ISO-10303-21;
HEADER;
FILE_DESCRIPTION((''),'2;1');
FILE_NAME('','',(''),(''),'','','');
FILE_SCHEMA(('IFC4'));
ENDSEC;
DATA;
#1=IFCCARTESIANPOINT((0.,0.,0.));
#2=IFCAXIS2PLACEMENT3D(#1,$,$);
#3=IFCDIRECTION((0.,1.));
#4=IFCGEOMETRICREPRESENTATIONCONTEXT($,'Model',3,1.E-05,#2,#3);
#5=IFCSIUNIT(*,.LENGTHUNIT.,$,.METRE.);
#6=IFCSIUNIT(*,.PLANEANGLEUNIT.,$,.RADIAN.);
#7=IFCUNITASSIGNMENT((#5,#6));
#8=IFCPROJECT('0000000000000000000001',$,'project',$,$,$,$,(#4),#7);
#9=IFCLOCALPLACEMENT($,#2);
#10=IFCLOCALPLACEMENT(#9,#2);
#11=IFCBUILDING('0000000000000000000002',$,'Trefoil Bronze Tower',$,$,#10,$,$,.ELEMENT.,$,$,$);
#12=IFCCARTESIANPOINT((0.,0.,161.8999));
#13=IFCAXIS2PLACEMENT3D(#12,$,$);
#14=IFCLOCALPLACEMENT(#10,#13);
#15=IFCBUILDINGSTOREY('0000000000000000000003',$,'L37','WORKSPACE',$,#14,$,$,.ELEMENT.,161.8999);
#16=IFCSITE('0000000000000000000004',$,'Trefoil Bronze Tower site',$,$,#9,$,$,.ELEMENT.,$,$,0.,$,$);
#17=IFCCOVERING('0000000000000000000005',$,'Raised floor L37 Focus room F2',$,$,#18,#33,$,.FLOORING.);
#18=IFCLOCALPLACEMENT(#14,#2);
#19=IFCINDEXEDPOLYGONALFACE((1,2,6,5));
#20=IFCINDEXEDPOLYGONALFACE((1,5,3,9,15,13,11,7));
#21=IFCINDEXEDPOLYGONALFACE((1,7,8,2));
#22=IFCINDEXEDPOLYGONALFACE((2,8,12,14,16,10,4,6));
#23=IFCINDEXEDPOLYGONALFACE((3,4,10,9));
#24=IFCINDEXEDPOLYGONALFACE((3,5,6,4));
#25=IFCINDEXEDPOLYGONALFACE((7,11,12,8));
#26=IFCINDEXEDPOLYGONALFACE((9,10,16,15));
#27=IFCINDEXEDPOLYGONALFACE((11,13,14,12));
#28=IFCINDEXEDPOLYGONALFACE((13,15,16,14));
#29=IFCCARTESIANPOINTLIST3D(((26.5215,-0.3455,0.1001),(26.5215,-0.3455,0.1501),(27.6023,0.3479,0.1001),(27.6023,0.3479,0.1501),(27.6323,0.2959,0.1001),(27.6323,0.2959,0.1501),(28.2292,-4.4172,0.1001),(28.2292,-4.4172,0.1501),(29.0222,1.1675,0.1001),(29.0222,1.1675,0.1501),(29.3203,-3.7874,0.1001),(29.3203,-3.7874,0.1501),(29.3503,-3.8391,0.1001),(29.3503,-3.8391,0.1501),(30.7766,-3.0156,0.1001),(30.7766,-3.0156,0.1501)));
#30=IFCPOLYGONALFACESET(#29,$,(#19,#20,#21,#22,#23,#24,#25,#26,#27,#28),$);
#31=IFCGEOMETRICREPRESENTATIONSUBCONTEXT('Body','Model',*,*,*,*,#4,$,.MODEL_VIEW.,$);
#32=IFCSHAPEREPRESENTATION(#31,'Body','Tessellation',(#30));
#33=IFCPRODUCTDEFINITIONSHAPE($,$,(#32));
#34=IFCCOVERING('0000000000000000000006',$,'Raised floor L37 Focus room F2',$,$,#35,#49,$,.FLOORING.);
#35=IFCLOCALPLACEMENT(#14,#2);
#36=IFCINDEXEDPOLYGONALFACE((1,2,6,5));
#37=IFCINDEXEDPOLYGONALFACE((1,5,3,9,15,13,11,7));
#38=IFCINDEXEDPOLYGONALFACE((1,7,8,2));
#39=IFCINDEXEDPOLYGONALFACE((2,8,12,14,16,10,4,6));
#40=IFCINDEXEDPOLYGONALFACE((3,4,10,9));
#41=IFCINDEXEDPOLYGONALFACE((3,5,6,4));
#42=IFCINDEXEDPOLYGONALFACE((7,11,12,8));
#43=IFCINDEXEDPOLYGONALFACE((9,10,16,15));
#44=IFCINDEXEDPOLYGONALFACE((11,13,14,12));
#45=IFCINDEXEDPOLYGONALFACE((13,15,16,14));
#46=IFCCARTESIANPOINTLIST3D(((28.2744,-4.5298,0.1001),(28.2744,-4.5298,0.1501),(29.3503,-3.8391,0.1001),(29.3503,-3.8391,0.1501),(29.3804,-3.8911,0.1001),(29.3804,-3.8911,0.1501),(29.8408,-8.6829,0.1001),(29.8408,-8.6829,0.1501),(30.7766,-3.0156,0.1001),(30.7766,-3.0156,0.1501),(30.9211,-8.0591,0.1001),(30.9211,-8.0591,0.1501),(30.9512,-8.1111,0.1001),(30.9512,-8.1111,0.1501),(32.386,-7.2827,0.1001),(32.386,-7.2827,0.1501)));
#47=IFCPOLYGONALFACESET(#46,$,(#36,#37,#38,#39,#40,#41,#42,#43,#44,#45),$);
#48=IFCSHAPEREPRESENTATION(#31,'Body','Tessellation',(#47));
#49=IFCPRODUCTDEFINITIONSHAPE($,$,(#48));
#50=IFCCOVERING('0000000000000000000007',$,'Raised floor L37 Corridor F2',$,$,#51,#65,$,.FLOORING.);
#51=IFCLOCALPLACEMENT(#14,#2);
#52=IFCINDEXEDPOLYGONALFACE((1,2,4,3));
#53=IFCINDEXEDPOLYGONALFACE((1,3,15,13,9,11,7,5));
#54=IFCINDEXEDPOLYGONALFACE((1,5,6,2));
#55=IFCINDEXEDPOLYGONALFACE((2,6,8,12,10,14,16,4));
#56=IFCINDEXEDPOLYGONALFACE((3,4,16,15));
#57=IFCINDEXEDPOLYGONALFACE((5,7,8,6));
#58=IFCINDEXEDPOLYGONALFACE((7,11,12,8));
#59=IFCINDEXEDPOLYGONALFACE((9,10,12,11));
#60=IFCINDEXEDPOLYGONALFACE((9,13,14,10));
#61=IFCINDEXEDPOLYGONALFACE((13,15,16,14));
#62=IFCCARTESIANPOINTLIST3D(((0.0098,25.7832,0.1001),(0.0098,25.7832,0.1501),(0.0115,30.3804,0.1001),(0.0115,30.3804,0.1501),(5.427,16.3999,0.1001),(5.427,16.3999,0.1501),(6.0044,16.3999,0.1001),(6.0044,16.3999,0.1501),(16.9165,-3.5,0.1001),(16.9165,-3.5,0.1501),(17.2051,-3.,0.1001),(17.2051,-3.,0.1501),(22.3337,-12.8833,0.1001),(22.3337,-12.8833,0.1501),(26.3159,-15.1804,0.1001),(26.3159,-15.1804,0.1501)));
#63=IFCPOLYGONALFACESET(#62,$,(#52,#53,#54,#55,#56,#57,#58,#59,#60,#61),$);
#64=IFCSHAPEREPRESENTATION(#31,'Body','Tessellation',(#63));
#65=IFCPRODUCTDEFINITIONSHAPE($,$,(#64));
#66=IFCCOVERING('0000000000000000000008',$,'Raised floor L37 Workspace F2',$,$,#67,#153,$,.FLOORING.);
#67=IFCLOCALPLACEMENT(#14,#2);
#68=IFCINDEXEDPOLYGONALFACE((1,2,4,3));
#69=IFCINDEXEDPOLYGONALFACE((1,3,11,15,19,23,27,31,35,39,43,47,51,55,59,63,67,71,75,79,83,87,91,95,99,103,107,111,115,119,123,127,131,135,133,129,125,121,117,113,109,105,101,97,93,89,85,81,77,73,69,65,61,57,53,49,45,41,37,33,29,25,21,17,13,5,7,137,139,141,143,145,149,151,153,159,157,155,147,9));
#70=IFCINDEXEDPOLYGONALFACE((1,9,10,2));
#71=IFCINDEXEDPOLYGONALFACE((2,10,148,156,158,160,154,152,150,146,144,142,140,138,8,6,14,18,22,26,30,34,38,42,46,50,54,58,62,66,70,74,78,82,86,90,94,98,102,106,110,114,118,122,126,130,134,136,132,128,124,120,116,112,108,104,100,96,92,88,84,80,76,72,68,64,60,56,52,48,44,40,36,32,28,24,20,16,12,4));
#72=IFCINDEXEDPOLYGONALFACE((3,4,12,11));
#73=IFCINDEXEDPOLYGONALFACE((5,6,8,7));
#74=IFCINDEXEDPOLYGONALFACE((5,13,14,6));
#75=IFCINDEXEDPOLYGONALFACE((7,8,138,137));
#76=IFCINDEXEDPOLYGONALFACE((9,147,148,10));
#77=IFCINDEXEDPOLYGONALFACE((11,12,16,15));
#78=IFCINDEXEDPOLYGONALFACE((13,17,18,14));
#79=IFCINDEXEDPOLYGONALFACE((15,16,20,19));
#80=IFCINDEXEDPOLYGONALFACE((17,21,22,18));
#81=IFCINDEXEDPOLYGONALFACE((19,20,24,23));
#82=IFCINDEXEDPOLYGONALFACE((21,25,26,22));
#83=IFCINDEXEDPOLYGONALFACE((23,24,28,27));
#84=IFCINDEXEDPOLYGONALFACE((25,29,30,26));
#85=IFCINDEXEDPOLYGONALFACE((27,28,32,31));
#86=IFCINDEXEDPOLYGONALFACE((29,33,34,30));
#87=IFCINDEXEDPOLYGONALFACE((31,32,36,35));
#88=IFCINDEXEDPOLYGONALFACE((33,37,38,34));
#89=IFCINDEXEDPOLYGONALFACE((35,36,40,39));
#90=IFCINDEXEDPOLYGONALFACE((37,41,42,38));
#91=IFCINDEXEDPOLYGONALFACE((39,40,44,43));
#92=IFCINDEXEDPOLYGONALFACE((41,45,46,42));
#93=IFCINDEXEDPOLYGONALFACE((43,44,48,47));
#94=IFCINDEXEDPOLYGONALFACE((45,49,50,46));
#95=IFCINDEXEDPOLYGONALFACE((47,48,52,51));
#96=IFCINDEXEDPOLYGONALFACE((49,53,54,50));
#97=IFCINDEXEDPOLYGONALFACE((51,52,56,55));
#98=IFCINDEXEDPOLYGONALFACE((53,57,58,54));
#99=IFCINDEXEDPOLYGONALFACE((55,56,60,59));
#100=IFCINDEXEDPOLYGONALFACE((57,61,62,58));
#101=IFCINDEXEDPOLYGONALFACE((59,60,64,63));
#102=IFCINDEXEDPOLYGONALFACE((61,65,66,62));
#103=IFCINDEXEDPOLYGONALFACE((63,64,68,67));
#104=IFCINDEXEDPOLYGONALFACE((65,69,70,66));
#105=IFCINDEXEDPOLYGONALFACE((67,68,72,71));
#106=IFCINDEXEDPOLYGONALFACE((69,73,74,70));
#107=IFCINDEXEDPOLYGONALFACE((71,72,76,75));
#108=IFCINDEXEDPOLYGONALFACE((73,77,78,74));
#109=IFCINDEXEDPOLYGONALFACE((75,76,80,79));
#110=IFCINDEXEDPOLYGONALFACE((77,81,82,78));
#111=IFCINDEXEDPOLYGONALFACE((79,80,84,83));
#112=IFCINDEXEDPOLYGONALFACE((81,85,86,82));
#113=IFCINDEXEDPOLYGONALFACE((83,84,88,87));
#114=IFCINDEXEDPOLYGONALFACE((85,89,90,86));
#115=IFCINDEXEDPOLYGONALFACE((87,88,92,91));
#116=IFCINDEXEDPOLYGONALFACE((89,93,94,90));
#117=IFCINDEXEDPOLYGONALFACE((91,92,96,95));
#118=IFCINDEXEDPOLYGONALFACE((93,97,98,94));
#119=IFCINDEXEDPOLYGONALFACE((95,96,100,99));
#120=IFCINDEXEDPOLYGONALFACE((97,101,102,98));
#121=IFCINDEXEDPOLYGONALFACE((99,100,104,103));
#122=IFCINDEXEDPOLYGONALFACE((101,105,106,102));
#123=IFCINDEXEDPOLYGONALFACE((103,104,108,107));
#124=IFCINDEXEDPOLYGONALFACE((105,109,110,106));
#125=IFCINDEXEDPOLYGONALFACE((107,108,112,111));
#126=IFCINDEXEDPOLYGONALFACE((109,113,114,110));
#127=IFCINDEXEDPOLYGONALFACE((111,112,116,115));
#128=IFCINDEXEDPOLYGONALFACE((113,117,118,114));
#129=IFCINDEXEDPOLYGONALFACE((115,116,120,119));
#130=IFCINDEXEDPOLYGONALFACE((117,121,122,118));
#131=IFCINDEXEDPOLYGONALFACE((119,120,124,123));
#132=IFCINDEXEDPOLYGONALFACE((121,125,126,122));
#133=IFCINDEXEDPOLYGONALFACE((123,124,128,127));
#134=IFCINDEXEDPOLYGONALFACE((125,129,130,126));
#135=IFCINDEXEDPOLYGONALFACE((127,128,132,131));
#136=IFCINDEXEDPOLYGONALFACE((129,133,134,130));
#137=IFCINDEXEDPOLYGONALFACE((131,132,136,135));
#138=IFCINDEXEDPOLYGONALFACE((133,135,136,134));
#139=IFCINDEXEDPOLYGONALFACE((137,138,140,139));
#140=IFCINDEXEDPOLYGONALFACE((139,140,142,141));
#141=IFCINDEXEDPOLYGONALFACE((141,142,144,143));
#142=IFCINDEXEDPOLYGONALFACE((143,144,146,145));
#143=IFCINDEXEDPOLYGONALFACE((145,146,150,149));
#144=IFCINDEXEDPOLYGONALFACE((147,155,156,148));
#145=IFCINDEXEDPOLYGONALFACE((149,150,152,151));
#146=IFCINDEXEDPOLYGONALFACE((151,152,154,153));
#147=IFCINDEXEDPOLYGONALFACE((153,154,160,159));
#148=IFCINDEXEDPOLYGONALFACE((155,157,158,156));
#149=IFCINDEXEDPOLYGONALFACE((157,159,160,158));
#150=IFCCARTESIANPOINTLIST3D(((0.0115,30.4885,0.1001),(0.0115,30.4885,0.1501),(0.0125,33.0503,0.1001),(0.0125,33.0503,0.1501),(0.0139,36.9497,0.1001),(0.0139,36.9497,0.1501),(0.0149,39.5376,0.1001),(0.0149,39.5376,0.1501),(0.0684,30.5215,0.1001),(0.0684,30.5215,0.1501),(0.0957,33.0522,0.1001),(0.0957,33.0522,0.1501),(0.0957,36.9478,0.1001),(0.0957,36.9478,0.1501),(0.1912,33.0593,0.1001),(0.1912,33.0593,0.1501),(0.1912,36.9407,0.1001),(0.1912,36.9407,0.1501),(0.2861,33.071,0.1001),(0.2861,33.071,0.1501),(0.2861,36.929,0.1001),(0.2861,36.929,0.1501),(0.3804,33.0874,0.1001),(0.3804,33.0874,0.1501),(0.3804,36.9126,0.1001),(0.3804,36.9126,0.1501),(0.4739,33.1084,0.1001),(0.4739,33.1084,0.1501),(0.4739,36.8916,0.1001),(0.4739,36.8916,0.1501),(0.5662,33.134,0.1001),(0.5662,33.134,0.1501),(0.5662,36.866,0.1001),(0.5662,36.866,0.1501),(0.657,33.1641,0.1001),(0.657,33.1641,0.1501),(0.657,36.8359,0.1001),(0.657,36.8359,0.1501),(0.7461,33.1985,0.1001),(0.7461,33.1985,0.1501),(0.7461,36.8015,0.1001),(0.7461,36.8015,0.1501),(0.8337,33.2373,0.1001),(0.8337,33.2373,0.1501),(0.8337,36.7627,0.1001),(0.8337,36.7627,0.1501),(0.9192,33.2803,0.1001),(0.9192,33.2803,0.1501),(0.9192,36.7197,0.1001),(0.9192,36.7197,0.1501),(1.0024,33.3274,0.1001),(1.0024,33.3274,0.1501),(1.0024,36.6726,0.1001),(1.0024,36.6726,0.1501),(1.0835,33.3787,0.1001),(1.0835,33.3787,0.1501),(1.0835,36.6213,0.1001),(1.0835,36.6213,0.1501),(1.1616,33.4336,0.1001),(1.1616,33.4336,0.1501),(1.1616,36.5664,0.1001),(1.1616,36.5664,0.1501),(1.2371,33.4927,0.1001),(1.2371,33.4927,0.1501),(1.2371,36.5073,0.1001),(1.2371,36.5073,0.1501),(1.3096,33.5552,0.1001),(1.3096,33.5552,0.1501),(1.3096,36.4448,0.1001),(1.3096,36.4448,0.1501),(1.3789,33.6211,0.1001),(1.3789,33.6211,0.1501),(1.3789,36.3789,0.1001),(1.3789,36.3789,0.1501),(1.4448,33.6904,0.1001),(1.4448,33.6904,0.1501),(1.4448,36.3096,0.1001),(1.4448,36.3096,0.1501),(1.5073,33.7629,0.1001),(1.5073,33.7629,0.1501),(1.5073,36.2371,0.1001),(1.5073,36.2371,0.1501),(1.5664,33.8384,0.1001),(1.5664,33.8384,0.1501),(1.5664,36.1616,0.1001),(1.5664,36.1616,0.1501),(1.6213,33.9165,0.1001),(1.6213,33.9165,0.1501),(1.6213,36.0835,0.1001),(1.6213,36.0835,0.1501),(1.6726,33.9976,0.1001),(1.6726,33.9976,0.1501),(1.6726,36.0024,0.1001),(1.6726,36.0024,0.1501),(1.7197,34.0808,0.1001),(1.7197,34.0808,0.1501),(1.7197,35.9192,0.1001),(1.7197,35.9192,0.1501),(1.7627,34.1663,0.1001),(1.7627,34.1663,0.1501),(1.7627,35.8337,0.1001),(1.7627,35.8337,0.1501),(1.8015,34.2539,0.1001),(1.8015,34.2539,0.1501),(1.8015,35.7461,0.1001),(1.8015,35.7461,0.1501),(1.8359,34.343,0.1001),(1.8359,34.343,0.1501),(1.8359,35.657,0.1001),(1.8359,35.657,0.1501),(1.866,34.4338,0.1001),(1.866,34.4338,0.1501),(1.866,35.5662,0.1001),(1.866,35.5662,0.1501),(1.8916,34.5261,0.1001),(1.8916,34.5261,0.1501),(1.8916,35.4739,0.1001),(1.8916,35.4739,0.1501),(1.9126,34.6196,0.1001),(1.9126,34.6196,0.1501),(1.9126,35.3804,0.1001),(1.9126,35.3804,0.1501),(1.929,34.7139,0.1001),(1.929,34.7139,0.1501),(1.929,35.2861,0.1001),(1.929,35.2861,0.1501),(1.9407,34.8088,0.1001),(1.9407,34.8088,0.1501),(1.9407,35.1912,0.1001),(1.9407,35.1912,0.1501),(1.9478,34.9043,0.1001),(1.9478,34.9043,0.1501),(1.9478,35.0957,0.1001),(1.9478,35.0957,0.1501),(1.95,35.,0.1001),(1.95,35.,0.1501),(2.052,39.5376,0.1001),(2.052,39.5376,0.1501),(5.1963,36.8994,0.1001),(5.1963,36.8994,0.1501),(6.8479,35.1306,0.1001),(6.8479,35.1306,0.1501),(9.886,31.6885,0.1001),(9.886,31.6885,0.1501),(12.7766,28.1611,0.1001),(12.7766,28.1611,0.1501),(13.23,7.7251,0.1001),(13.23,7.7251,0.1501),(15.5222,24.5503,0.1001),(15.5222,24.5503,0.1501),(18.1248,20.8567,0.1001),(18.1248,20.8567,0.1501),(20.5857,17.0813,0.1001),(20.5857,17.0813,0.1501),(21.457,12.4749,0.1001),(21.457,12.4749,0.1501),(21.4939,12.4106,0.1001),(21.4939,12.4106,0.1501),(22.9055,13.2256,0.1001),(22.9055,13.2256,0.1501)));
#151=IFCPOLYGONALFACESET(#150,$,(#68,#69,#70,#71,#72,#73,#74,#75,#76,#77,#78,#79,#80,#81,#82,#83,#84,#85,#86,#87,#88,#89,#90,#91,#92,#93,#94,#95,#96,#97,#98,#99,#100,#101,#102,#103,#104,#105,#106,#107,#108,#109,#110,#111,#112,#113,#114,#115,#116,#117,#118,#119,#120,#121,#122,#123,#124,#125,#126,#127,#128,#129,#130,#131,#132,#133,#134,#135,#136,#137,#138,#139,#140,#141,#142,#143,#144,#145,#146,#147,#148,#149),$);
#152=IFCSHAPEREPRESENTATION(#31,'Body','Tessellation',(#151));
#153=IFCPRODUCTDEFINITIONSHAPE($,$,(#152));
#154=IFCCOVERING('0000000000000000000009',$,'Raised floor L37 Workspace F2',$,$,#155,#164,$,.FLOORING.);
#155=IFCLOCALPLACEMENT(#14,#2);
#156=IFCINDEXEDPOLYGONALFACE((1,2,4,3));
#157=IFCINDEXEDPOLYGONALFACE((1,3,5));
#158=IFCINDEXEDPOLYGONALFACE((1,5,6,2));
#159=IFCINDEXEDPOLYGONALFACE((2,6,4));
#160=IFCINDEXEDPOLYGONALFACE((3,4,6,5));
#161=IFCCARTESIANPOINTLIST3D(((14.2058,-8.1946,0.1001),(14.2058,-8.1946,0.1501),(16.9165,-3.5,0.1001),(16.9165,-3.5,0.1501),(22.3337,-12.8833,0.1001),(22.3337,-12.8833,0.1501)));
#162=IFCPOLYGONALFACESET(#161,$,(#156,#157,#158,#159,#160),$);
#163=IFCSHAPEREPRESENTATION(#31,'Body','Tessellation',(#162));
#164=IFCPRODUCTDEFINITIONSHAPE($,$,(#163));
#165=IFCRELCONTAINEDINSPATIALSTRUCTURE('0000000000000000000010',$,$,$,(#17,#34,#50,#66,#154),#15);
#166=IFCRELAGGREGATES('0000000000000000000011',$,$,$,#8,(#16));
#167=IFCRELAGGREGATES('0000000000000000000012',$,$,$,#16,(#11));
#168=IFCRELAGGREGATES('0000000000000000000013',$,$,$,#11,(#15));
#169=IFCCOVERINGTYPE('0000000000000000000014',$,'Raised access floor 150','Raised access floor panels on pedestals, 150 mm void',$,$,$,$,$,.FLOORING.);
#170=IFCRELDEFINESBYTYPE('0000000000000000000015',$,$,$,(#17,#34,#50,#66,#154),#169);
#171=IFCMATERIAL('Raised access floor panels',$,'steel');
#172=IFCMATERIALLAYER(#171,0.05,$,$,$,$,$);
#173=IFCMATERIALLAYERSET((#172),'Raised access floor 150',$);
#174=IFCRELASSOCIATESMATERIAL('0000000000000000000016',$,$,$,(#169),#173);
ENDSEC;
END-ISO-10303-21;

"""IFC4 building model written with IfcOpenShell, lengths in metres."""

from ifc_helpers import new_model, si_unit, direction, frame, origin, place, context, subcontext, project, spatial, polyline, outline, extrude, material, layer, layer_set, type_object, element, save


model = new_model("IFC4")

# Units and contexts
model_context = context("Model", 3, precision=1e-05, world=origin(), true_north=direction((0.0, 1.0)))
body_context = subcontext(model_context, "Body", "Model", "MODEL_VIEW")
ifc_project = project(units=[si_unit("LENGTHUNIT", "METRE"), si_unit("PLANEANGLEUNIT", "RADIAN")], contexts=[model_context])

# Site, building, storey
site_placement = place(None, origin())
site = spatial("IfcSite", under=ifc_project, at=site_placement, Name="Trefoil Bronze Tower site", CompositionType="ELEMENT", RefElevation=0.0)
building_placement = place(site_placement, origin())
building = spatial("IfcBuilding", under=site, at=building_placement, Name="Trefoil Bronze Tower", CompositionType="ELEMENT")
storey_placement = place(building_placement, frame((0.0, 0.0, 161.8999)))
storey = spatial("IfcBuildingStorey", under=building, at=storey_placement, Name="L37", Description="WORKSPACE", CompositionType="ELEMENT", Elevation=161.8999)

# Coverings
ifc_material_1 = material(Name="Raised access floor panels", Category="steel")
ifc_layer_1 = layer(ifc_material_1, 0.05)
ifc_layer_set_1 = layer_set([ifc_layer_1], Name="Raised access floor 150")
covering_type_1 = type_object("IfcCoveringType", Name="Raised access floor 150", Description="Raised access floor panels on pedestals, 150 mm void", PredefinedType="FLOORING", material=ifc_layer_set_1)
covering_1_placement = place(storey_placement, frame((0.0, 0.0, 0.1001)))
element("IfcCovering", 1, at=covering_1_placement, inside=storey, type_object=covering_type_1, Name="Raised floor L37 Focus room F2", PredefinedType="FLOORING", context=body_context, shape_type="SweptSolid", body=[
    extrude(outline(polyline([(29.0222, 1.1675), (30.7766, -3.0156), (29.3503, -3.8391), (29.3203, -3.7874), (28.2292, -4.4172), (26.5215, -0.3455), (27.6323, 0.2959), (27.6023, 0.3479), (29.0222, 1.1675)])), origin(), (0.0, 0.0, 1.0), 0.05),
])
covering_2_placement = place(storey_placement, frame((0.0, 0.0, 0.1001)))
element("IfcCovering", 2, at=covering_2_placement, inside=storey, type_object=covering_type_1, Name="Raised floor L37 Focus room F2", PredefinedType="FLOORING", context=body_context, shape_type="SweptSolid", body=[
    extrude(outline(polyline([(30.7766, -3.0156), (32.386, -7.2827), (30.9512, -8.1111), (30.9211, -8.0591), (29.8408, -8.6829), (28.2744, -4.5298), (29.3804, -3.8911), (29.3503, -3.8391), (30.7766, -3.0156)])), origin(), (0.0, 0.0, 1.0), 0.05),
])
covering_3_placement = place(storey_placement, frame((0.0, 0.0, 0.1001)))
element("IfcCovering", 3, at=covering_3_placement, inside=storey, type_object=covering_type_1, Name="Raised floor L37 Corridor F2", PredefinedType="FLOORING", context=body_context, shape_type="SweptSolid", body=[
    extrude(outline(polyline([(26.3159, -15.1804), (22.3337, -12.8833), (16.9165, -3.5), (17.2051, -3.0), (6.0044, 16.3999), (5.427, 16.3999), (0.0098, 25.7832), (0.0115, 30.3804), (26.3159, -15.1804)])), origin(), (0.0, 0.0, 1.0), 0.05),
])
covering_4_placement = place(storey_placement, frame((0.0, 0.0, 0.1001)))
element("IfcCovering", 4, at=covering_4_placement, inside=storey, type_object=covering_type_1, Name="Raised floor L37 Workspace F2", PredefinedType="FLOORING", context=body_context, shape_type="SweptSolid", body=[
    extrude(outline(polyline([(12.7766, 28.1611), (15.5222, 24.5503), (18.1248, 20.8567), (20.5857, 17.0813), (22.9055, 13.2256), (21.4939, 12.4106), (21.457, 12.4749), (13.23, 7.7251), (0.0684, 30.5215), (0.0115, 30.4885), (0.0125, 33.0503), (0.0957, 33.0522), (0.1912, 33.0593), (0.2861, 33.071), (0.3804, 33.0874), (0.4739, 33.1084), (0.5662, 33.134), (0.657, 33.1641), (0.7461, 33.1985), (0.8337, 33.2373), (0.9192, 33.2803), (1.0024, 33.3274), (1.0835, 33.3787), (1.1616, 33.4336), (1.2371, 33.4927), (1.3096, 33.5552), (1.3789, 33.6211), (1.4448, 33.6904), (1.5073, 33.7629), (1.5664, 33.8384), (1.6213, 33.9165), (1.6726, 33.9976), (1.7197, 34.0808), (1.7627, 34.1663), (1.8015, 34.2539), (1.8359, 34.343), (1.866, 34.4338), (1.8916, 34.5261), (1.9126, 34.6196), (1.929, 34.7139), (1.9407, 34.8088), (1.9478, 34.9043), (1.95, 35.0), (1.9478, 35.0957), (1.9407, 35.1912), (1.929, 35.2861), (1.9126, 35.3804), (1.8916, 35.4739), (1.866, 35.5662), (1.8359, 35.657), (1.8015, 35.7461), (1.7627, 35.8337), (1.7197, 35.9192), (1.6726, 36.0024), (1.6213, 36.0835), (1.5664, 36.1616), (1.5073, 36.2371), (1.4448, 36.3096), (1.3789, 36.3789), (1.3096, 36.4448), (1.2371, 36.5073), (1.1616, 36.5664), (1.0835, 36.6213), (1.0024, 36.6726), (0.9192, 36.7197), (0.8337, 36.7627), (0.7461, 36.8015), (0.657, 36.8359), (0.5662, 36.866), (0.4739, 36.8916), (0.3804, 36.9126), (0.2861, 36.929), (0.1912, 36.9407), (0.0957, 36.9478), (0.0139, 36.9497), (0.0149, 39.5376), (2.052, 39.5376), (5.1963, 36.8994), (6.8479, 35.1306), (9.886, 31.6885), (12.7766, 28.1611)])), origin(), (0.0, 0.0, 1.0), 0.05),
])
covering_5_placement = place(storey_placement, frame((0.0, 0.0, 0.1001)))
element("IfcCovering", 5, at=covering_5_placement, inside=storey, type_object=covering_type_1, Name="Raised floor L37 Workspace F2", PredefinedType="FLOORING", context=body_context, shape_type="SweptSolid", body=[
    extrude(outline(polyline([(14.2058, -8.1946), (16.9165, -3.5), (22.3337, -12.8833), (14.2058, -8.1946)])), origin(), (0.0, 0.0, 1.0), 0.05),
])

save(model, "model.ifc")
